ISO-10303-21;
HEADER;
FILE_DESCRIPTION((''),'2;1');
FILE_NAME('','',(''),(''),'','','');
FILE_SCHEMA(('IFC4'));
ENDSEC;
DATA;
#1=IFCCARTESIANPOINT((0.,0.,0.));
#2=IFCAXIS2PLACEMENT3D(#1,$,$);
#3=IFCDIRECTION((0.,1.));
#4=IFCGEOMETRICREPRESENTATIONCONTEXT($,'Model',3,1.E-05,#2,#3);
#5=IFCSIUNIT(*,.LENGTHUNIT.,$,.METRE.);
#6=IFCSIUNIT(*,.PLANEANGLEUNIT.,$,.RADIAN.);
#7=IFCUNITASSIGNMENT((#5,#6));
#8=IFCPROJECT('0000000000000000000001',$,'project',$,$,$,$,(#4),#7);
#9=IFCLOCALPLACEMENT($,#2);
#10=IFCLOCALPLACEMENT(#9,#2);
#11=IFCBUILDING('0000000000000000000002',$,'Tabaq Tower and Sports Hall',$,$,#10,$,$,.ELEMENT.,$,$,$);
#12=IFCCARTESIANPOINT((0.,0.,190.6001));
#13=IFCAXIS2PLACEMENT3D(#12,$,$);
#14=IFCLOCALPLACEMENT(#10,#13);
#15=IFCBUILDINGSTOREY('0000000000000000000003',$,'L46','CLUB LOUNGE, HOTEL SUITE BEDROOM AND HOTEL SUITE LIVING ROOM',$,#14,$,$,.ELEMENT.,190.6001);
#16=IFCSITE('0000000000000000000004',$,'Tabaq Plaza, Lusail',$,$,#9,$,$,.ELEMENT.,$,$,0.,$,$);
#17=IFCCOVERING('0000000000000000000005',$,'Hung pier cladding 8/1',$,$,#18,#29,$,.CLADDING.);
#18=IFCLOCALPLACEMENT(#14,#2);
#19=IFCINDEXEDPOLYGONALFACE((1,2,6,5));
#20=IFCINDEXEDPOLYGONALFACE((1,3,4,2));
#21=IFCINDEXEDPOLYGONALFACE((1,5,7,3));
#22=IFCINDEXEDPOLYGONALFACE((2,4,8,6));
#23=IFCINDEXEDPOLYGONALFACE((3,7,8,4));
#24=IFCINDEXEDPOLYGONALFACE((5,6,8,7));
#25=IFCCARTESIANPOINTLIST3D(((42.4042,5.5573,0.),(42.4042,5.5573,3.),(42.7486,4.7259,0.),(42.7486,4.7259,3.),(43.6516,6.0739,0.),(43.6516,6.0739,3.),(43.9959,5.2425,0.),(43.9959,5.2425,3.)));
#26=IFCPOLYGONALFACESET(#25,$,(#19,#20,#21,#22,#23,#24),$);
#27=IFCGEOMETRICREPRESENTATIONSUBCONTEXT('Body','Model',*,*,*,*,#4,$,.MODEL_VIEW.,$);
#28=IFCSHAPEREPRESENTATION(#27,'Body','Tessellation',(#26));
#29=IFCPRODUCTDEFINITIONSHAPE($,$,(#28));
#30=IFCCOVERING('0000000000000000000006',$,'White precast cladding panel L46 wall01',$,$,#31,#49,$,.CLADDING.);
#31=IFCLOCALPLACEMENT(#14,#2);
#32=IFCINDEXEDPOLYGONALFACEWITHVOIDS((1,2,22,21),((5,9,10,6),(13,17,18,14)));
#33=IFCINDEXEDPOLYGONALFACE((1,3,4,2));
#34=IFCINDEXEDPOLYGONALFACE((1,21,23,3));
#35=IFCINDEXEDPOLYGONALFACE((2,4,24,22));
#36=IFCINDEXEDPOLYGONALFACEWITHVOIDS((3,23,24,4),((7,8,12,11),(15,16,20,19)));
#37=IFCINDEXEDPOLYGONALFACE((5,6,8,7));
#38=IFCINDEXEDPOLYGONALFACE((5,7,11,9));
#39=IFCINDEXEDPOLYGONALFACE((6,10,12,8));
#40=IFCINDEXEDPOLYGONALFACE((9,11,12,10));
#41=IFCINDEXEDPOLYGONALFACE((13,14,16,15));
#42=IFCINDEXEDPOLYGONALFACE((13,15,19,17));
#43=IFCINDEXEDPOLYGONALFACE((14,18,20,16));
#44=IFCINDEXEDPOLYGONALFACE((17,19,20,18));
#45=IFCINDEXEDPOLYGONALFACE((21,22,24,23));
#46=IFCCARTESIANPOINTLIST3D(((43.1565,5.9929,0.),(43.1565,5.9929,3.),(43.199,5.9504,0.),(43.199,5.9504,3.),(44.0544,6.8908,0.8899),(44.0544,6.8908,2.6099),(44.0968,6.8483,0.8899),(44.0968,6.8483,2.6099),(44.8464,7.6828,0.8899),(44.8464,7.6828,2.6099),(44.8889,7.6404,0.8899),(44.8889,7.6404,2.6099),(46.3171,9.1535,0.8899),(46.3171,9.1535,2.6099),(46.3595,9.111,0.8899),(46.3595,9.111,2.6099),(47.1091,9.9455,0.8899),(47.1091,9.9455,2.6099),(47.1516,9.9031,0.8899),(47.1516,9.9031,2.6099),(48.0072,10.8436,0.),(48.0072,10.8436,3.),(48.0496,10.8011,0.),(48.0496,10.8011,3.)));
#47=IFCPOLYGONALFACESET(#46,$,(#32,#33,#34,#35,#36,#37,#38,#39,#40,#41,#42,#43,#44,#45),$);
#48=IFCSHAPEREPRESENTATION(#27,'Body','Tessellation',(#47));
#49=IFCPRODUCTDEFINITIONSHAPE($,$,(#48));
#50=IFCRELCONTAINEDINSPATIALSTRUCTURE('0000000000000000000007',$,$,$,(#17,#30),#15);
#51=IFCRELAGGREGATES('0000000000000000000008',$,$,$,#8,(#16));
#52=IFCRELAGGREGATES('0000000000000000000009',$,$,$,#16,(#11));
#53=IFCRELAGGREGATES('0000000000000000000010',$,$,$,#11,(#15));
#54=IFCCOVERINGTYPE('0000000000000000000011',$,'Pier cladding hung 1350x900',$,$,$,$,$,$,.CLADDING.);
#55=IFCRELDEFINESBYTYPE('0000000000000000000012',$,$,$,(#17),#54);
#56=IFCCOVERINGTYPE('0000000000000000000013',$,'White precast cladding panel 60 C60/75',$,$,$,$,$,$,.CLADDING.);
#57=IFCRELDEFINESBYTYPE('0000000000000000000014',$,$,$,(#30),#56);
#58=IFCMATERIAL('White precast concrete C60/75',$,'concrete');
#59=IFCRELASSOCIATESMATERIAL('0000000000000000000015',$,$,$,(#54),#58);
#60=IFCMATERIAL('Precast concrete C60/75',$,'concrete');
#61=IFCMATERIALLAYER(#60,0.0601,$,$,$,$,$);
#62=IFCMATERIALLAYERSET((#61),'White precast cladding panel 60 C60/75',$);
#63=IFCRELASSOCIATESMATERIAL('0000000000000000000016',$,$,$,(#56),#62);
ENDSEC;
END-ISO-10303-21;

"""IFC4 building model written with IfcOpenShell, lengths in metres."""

from ifc_helpers import new_model, si_unit, direction, frame, frame_2d, origin, place, context, subcontext, project, spatial, polyline, rectangle, outline, extrude, material, layer, layer_set, type_object, element, save


model = new_model("IFC4")

# Units and contexts
model_context = context("Model", 3, precision=1e-05, world=origin(), true_north=direction((0.0, 1.0)))
body_context = subcontext(model_context, "Body", "Model", "MODEL_VIEW")
ifc_project = project(units=[si_unit("LENGTHUNIT", "METRE"), si_unit("PLANEANGLEUNIT", "RADIAN")], contexts=[model_context])

# Site, building, storey
site_placement = place(None, origin())
site = spatial("IfcSite", under=ifc_project, at=site_placement, Name="Tabaq Plaza, Lusail", CompositionType="ELEMENT", RefElevation=0.0)
building_placement = place(site_placement, origin())
building = spatial("IfcBuilding", under=site, at=building_placement, Name="Tabaq Tower and Sports Hall", CompositionType="ELEMENT")
storey_placement = place(building_placement, frame((0.0, 0.0, 190.6001)))
storey = spatial("IfcBuildingStorey", under=building, at=storey_placement, Name="L46", Description="CLUB LOUNGE, HOTEL SUITE BEDROOM AND HOTEL SUITE LIVING ROOM", CompositionType="ELEMENT", Elevation=190.6001)

# Coverings
ifc_material_1 = material(Name="White precast concrete C60/75", Category="concrete")
covering_type_1 = type_object("IfcCoveringType", Name="Pier cladding hung 1350x900", PredefinedType="CLADDING", material=ifc_material_1)
covering_1_placement = place(storey_placement, frame((42.5764, 5.1416, 0.0), z_axis=(0.0, 0.0, 1.0), x_axis=(0.923893, 0.38265, 0.0)))
element("IfcCovering", 1, at=covering_1_placement, inside=storey, type_object=covering_type_1, Name="Hung pier cladding 8/1", PredefinedType="CLADDING", context=body_context, shape_type="SweptSolid", body=[
    extrude(rectangle(XDim=1.3501, YDim=0.8999, at=frame_2d((0.675, 0.0))), origin(), (0.0, 0.0, 1.0), 3.0),
])
ifc_material_2 = material(Name="Precast concrete C60/75", Category="concrete")
ifc_layer_1 = layer(ifc_material_2, 0.0601)
ifc_layer_set_1 = layer_set([ifc_layer_1], Name="White precast cladding panel 60 C60/75")
covering_type_2 = type_object("IfcCoveringType", Name="White precast cladding panel 60 C60/75", PredefinedType="CLADDING", material=ifc_layer_set_1)
covering_2_placement = place(storey_placement, frame((43.1777, 5.9717, 0.0), z_axis=(0.0, 0.0, 1.0), x_axis=(0.707107, 0.707107, 0.0)))
element("IfcCovering", 2, at=covering_2_placement, inside=storey, type_object=covering_type_2, Name="White precast cladding panel L46 wall01", PredefinedType="CLADDING", context=body_context, shape_type="SweptSolid", body=[
    extrude(outline(polyline([(0.0, 0.0), (6.8599, 0.0), (6.8599, 3.0), (0.0, 3.0), (0.0, 0.0)]), holes=[polyline([(1.2698, 2.6099), (2.3899, 2.6099), (2.3899, 0.8899), (1.2698, 0.8899), (1.2698, 2.6099)]), polyline([(4.4697, 2.6099), (5.5898, 2.6099), (5.5898, 0.8899), (4.4697, 0.8899), (4.4697, 2.6099)])]), frame((0.0, 0.03, 0.0), z_axis=(0.0, -1.0, 0.0), x_axis=(1.0, 0.0, 0.0)), (0.0, 0.0, 1.0), 0.0601),
])

save(model, "model.ifc")
